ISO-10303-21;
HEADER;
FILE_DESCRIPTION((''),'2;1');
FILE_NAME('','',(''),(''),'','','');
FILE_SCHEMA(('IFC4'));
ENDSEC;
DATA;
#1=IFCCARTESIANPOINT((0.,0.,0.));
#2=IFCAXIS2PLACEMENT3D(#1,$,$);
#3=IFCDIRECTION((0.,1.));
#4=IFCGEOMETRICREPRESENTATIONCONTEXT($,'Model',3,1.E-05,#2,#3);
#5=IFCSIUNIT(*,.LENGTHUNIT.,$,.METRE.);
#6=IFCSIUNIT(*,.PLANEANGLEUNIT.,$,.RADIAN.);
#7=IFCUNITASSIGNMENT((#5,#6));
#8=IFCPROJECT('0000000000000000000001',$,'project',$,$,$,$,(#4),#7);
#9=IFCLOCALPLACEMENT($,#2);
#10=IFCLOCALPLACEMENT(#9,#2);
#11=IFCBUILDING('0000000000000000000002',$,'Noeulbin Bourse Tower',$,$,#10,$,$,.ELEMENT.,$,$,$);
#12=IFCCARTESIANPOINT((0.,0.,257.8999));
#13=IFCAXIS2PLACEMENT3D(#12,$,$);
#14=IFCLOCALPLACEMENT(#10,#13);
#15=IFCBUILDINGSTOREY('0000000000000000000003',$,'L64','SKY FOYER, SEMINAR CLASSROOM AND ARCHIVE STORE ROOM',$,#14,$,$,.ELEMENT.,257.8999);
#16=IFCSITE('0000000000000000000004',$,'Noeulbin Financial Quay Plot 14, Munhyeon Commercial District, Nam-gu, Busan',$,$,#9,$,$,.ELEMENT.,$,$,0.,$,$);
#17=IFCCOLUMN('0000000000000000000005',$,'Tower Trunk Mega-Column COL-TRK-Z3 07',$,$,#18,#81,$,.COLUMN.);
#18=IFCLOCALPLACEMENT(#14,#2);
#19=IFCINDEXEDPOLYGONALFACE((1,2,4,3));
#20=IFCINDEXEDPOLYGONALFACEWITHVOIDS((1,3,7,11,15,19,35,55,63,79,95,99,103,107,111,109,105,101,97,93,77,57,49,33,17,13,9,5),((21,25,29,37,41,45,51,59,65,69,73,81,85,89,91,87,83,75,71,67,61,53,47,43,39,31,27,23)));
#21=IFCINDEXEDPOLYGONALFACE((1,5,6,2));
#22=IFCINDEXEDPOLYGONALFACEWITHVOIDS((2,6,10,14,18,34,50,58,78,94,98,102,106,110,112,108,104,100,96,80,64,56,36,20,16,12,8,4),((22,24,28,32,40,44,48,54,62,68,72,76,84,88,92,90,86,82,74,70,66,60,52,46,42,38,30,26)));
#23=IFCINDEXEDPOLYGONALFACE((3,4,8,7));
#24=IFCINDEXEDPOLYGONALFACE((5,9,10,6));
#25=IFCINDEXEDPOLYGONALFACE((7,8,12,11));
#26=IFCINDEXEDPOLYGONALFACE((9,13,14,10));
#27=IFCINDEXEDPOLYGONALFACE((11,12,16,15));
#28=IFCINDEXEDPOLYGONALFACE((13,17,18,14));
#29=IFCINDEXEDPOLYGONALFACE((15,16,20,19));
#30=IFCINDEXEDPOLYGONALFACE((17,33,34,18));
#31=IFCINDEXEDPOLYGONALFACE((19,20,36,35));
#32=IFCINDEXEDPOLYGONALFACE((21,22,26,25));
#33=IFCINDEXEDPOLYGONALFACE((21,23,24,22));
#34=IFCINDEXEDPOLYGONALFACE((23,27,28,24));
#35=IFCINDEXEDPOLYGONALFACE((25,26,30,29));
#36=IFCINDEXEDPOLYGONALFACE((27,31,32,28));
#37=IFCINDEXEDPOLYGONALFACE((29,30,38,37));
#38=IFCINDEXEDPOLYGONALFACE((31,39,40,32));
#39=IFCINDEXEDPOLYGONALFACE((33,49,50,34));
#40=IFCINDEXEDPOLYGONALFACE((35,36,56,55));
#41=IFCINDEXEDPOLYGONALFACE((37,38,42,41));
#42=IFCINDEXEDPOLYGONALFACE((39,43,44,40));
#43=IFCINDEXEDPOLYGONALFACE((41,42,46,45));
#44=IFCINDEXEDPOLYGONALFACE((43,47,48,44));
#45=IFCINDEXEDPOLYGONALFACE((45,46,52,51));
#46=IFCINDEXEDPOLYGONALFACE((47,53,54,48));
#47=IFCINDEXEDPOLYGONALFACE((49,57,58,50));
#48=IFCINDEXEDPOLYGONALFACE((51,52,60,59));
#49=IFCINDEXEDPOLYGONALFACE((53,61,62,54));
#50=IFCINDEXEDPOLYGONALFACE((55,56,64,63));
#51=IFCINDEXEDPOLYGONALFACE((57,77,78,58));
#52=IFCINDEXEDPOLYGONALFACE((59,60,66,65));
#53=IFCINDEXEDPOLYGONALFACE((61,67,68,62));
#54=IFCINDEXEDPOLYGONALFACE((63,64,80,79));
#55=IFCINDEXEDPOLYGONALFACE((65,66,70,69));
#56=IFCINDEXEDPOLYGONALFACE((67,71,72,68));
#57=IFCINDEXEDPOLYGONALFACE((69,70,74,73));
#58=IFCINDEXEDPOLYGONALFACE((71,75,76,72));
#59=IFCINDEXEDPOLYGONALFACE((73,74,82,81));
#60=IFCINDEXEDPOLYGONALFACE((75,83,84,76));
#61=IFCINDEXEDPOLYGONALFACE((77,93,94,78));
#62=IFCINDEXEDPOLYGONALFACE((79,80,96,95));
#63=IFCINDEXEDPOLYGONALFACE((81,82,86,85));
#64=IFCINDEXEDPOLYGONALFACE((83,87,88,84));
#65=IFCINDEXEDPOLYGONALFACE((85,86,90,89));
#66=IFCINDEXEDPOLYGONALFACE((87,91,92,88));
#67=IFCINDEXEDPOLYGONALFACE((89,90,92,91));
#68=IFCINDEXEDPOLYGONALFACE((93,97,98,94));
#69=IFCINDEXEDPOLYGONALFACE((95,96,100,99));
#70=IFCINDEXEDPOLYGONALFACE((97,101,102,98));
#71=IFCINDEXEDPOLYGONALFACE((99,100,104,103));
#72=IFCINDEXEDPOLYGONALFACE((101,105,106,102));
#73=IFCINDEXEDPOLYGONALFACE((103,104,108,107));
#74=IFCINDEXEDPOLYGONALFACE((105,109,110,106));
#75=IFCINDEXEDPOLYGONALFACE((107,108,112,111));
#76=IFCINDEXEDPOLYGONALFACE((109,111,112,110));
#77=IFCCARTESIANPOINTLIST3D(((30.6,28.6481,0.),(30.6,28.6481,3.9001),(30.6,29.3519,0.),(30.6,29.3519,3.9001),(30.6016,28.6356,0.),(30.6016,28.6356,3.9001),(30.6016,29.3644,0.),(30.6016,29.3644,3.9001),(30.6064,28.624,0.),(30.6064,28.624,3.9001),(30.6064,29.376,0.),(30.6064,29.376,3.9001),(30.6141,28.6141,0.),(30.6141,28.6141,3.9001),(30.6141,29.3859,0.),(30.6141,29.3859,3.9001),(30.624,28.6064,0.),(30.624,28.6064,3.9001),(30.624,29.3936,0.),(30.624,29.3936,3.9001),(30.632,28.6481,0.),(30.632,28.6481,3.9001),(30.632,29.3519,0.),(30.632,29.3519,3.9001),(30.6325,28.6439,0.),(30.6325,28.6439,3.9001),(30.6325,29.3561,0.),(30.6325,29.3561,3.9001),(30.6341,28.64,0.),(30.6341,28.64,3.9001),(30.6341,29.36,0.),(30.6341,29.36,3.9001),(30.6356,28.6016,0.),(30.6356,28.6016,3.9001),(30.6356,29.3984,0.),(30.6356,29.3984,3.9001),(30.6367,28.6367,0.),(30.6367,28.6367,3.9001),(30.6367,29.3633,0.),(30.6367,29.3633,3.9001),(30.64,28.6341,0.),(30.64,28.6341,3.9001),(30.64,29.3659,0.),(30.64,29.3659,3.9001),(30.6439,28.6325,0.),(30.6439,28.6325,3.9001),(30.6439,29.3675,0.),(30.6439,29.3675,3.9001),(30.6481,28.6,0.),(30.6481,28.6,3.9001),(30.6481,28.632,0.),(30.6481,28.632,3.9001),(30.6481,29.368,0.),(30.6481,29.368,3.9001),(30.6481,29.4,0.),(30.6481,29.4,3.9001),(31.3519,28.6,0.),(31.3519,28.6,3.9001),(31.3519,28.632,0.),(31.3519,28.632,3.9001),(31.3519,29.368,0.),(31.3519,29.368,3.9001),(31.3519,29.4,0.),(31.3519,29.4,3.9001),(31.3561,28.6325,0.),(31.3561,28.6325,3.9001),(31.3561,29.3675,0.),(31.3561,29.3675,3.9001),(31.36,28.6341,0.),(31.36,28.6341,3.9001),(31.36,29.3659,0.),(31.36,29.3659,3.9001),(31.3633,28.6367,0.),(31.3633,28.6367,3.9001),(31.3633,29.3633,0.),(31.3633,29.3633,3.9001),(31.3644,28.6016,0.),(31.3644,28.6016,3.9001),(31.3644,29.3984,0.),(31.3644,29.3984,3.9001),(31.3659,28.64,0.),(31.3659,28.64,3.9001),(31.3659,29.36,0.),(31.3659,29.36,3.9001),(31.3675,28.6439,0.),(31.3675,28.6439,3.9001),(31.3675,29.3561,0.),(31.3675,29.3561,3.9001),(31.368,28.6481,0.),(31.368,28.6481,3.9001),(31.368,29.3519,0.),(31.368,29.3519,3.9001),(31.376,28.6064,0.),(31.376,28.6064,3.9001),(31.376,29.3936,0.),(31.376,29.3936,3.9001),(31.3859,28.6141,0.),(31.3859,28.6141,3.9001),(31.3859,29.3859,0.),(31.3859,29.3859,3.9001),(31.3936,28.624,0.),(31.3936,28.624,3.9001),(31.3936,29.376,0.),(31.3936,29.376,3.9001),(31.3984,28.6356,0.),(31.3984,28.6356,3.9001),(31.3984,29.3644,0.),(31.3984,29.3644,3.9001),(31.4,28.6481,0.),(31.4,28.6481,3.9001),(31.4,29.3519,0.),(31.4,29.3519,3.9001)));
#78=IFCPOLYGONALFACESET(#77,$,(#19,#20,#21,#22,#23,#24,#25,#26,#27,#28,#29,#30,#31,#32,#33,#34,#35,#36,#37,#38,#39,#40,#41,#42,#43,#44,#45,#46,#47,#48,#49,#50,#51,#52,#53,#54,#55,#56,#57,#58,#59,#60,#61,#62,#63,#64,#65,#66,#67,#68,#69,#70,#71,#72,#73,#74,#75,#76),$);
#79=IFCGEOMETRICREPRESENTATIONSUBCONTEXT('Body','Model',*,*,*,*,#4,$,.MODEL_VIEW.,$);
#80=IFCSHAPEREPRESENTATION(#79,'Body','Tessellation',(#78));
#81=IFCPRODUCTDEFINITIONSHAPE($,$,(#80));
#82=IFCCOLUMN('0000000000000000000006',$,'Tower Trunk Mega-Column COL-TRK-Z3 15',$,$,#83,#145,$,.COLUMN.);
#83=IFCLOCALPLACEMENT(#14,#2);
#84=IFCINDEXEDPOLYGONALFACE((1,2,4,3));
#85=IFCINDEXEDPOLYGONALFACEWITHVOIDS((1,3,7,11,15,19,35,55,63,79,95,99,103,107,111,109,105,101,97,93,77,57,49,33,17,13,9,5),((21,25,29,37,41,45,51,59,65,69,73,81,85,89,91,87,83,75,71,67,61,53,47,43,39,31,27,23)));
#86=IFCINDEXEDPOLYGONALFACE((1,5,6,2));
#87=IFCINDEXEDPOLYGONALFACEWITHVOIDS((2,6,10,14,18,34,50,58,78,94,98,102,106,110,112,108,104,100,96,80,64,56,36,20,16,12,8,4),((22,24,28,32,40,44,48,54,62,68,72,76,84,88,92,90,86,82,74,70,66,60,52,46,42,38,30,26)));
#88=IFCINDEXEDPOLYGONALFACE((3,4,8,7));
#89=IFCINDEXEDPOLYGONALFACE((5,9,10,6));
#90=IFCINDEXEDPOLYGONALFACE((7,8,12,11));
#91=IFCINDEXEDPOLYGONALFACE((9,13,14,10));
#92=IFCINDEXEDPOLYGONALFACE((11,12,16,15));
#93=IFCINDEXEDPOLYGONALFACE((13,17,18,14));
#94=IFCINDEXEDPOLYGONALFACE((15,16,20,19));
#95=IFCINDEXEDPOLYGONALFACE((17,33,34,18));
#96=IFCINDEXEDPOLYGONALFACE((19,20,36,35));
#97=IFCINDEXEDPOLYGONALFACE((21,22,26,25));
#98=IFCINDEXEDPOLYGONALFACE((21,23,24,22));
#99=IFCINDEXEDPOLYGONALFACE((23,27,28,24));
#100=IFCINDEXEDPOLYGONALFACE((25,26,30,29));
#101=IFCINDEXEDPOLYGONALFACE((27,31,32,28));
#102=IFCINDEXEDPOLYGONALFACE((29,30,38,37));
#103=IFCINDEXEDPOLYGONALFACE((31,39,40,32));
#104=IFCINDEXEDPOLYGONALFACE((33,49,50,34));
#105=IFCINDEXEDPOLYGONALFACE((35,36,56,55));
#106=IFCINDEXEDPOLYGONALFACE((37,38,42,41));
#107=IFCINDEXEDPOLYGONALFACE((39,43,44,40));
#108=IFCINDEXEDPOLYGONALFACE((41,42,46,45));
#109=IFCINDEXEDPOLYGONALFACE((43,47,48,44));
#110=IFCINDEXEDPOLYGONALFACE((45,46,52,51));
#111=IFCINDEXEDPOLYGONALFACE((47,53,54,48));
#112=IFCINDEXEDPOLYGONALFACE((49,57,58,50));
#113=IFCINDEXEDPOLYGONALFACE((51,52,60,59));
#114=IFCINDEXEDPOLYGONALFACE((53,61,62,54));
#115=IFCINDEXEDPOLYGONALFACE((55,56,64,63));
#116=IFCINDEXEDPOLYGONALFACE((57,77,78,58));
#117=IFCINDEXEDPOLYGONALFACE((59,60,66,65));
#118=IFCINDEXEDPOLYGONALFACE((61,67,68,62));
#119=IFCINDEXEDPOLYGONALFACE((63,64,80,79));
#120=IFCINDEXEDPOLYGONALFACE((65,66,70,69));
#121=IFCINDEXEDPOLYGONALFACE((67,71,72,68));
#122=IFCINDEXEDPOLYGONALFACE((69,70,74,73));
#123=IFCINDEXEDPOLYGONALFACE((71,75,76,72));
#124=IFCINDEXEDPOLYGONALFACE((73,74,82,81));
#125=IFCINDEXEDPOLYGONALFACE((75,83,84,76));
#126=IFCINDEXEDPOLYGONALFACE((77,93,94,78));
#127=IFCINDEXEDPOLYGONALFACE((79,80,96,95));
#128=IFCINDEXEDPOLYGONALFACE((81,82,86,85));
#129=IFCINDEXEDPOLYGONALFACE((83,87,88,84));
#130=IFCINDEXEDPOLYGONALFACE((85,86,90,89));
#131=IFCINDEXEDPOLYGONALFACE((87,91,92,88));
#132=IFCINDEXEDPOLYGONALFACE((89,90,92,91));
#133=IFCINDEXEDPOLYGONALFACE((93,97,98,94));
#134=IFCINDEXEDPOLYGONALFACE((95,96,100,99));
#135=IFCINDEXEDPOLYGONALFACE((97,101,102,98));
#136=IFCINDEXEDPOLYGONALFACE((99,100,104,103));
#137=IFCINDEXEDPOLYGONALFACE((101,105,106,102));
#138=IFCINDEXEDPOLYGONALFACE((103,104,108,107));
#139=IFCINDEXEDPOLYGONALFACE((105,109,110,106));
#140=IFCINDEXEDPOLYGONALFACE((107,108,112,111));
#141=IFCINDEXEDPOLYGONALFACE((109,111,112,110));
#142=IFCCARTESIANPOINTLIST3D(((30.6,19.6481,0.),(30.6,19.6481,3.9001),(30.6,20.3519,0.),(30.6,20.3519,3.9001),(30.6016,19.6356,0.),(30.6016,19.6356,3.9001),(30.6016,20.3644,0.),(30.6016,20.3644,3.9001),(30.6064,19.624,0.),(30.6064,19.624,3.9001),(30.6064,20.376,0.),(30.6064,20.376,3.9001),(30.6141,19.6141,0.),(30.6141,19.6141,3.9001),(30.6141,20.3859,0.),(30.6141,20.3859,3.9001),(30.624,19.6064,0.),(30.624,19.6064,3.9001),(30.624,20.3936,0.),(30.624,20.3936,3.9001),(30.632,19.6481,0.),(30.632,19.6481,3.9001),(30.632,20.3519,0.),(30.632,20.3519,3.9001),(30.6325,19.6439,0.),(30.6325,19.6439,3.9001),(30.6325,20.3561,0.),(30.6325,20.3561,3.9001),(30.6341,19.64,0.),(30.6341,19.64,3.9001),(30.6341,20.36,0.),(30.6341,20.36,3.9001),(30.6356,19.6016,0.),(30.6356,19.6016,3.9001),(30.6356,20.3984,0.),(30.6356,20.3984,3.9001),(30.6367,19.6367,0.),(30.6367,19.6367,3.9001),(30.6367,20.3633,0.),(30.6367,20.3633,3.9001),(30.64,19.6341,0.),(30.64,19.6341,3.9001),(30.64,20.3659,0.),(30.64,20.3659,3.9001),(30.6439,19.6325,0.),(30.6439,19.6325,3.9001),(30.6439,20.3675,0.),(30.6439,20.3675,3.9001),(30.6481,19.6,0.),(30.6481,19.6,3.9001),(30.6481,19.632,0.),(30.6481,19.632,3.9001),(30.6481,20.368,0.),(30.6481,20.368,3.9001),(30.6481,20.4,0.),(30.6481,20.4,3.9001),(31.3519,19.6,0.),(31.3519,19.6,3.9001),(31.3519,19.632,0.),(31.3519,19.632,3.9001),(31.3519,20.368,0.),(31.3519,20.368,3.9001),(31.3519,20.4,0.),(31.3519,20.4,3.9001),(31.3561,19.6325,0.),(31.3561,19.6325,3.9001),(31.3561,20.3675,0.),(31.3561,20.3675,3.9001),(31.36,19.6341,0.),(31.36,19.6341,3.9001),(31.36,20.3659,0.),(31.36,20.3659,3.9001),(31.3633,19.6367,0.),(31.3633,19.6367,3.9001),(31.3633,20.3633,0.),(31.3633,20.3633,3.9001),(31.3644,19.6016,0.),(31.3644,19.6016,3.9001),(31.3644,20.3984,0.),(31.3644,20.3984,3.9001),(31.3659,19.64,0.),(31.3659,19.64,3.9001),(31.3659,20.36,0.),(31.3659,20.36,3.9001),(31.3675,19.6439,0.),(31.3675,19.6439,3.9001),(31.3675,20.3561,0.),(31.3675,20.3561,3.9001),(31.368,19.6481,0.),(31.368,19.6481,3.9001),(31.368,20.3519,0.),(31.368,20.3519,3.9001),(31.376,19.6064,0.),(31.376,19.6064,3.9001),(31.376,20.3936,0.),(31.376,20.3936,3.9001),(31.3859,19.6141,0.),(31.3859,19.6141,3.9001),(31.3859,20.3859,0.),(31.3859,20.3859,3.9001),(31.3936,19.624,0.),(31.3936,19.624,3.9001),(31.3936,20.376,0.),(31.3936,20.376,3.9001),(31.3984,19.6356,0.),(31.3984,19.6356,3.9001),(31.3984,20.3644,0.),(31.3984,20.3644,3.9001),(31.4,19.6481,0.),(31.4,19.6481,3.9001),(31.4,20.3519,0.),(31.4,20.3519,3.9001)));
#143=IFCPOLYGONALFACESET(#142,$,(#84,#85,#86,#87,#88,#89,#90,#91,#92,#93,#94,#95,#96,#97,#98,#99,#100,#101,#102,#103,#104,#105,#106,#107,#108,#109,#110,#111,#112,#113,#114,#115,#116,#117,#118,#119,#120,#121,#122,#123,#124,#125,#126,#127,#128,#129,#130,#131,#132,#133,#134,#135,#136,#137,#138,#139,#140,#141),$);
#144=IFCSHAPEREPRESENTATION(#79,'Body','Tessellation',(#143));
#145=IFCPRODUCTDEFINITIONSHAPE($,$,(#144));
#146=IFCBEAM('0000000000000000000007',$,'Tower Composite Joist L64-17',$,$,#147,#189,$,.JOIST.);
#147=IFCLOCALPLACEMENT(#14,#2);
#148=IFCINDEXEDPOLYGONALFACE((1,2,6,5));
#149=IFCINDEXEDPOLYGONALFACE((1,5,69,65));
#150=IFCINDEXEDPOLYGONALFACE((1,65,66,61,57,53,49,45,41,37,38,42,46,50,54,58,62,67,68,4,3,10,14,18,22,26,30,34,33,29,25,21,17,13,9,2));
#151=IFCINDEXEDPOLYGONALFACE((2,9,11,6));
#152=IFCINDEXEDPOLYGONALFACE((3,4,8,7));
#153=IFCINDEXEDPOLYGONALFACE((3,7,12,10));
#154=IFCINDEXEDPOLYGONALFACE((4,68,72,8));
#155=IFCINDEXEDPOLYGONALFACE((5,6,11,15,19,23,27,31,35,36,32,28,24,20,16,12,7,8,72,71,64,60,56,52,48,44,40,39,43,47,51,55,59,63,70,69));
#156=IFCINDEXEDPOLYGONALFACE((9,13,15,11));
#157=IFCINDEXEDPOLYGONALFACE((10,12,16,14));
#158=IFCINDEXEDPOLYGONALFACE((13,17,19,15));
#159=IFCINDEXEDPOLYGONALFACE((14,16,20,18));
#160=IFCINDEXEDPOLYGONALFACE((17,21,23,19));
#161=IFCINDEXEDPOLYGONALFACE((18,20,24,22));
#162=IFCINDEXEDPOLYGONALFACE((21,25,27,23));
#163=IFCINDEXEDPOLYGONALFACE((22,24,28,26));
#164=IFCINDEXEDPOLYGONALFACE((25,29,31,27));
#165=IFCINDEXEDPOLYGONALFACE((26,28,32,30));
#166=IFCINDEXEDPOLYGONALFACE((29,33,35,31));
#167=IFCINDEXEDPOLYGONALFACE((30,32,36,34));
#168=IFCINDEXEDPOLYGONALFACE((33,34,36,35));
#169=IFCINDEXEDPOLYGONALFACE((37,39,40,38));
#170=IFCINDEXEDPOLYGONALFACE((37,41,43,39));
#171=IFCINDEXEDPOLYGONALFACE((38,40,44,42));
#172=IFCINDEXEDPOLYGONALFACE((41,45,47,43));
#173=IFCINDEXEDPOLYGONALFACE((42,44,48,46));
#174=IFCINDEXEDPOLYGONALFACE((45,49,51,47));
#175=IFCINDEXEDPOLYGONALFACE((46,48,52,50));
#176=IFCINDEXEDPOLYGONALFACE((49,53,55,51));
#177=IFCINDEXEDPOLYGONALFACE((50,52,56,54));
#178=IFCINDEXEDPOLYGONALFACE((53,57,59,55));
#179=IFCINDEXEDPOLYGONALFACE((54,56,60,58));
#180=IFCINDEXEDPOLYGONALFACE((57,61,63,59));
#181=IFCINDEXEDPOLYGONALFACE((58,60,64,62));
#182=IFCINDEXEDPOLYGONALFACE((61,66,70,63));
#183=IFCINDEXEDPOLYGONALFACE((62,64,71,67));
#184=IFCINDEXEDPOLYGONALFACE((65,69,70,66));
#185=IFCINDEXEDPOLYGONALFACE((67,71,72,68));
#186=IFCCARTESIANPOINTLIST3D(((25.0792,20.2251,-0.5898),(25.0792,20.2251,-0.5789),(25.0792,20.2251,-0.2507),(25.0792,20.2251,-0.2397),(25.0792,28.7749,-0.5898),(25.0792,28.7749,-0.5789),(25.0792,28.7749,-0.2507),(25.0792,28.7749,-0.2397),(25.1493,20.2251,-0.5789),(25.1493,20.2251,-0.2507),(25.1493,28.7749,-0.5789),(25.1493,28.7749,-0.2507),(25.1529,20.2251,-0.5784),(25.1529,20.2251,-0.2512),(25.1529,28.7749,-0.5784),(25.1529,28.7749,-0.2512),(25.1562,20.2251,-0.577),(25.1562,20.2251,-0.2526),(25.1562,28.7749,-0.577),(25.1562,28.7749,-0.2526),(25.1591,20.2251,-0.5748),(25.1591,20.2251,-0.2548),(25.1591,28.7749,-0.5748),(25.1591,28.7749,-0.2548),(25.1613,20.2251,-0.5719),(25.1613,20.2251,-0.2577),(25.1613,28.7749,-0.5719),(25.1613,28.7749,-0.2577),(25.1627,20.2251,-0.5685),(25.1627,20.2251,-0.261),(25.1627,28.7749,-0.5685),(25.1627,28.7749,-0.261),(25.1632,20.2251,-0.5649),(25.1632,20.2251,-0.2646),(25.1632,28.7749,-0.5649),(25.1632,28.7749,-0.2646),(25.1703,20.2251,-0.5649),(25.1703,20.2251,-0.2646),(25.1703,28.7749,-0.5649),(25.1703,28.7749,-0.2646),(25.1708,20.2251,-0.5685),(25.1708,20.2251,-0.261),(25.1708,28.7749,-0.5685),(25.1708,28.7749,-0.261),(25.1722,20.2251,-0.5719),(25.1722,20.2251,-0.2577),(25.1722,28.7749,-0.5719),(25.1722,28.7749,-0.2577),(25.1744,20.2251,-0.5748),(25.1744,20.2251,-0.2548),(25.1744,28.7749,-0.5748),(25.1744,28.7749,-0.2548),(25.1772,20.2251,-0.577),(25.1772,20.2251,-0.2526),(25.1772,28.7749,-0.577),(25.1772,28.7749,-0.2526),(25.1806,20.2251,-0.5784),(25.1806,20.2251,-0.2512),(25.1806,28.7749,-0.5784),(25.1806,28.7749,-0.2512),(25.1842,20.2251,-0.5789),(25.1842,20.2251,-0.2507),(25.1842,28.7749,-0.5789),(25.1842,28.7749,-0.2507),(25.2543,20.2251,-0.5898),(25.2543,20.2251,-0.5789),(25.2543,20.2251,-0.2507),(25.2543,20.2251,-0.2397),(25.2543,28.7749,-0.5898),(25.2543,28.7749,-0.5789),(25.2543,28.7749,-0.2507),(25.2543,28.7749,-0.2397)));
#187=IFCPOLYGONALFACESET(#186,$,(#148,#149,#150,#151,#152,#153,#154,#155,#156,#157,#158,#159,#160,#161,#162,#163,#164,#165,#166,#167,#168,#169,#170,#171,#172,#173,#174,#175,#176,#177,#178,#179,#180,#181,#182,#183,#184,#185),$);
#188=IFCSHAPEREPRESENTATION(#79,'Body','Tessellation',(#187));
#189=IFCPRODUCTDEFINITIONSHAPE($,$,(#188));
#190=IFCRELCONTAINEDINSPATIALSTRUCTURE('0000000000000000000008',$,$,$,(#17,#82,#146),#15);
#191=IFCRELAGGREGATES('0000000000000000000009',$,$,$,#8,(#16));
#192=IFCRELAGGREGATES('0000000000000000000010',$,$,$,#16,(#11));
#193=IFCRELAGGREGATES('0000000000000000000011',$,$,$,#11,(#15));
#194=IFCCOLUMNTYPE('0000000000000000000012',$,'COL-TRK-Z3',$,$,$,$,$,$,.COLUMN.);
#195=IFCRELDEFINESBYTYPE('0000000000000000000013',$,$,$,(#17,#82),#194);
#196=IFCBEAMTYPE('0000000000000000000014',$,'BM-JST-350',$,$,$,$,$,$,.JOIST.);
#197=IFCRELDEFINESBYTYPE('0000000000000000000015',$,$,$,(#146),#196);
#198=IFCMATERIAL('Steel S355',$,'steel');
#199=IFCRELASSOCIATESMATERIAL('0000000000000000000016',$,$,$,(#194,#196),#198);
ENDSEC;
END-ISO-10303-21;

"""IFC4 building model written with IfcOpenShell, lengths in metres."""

from ifc_helpers import new_model, si_unit, direction, frame, origin, origin_2d, place, context, subcontext, project, spatial, hollow_rectangle, i_section, extrude, material, material_profile, profile_set, type_object, element, save


model = new_model("IFC4")

# Units and contexts
model_context = context("Model", 3, precision=1e-05, world=origin(), true_north=direction((0.0, 1.0)))
body_context = subcontext(model_context, "Body", "Model", "MODEL_VIEW")
ifc_project = project(units=[si_unit("LENGTHUNIT", "METRE"), si_unit("PLANEANGLEUNIT", "RADIAN")], contexts=[model_context])

# Site, building, storey
site_placement = place(None, origin())
site = spatial("IfcSite", under=ifc_project, at=site_placement, Name="Noeulbin Financial Quay Plot 14, Munhyeon Commercial District, Nam-gu, Busan", CompositionType="ELEMENT", RefElevation=0.0)
building_placement = place(site_placement, origin())
building = spatial("IfcBuilding", under=site, at=building_placement, Name="Noeulbin Bourse Tower", CompositionType="ELEMENT")
storey_placement = place(building_placement, frame((0.0, 0.0, 257.8999)))
storey = spatial("IfcBuildingStorey", under=building, at=storey_placement, Name="L64", Description="SKY FOYER, SEMINAR CLASSROOM AND ARCHIVE STORE ROOM", CompositionType="ELEMENT", Elevation=257.8999)

# Columns
ifc_material_1 = material(Name="Steel S355", Category="steel")
ifc_material_profile_1 = material_profile(ifc_material_1, hollow_rectangle(XDim=0.8, YDim=0.8, WallThickness=0.032, InnerFilletRadius=0.0161, OuterFilletRadius=0.0481, at=origin_2d()), Name="BOX-800x800x32", Category="LoadBearing")
ifc_profile_set_1 = profile_set([ifc_material_profile_1], Name="Steel S355")
column_type = type_object("IfcColumnType", Name="COL-TRK-Z3", PredefinedType="COLUMN", material=ifc_profile_set_1)
for number, where, z_axis, x_axis, name in (
    (1, (31.0, 29.0, 0.0), (0.0, 0.0, 1.0), (1.0, 0.0, 0.0), "Tower Trunk Mega-Column COL-TRK-Z3 07"),
    (2, (31.0, 20.0, 0.0), (0.0, 0.0, 1.0), (1.0, 0.0, 0.0), "Tower Trunk Mega-Column COL-TRK-Z3 15"),
):
    element("IfcColumn", number, at=place(storey_placement, frame(where, z_axis=z_axis, x_axis=x_axis)), inside=storey, type_object=column_type, Name=name, PredefinedType="COLUMN", context=body_context, shape_type="SweptSolid", body=[
        extrude(hollow_rectangle(XDim=0.8, YDim=0.8, WallThickness=0.032, InnerFilletRadius=0.0161, OuterFilletRadius=0.0481, at=origin_2d()), origin(), (0.0, 0.0, 1.0), 3.9001),
    ])

# Beam
ifc_material_profile_2 = material_profile(ifc_material_1, i_section(OverallWidth=0.175, OverallDepth=0.3501, WebThickness=0.0071, FlangeThickness=0.011, FilletRadius=0.0139, at=origin_2d()), Name="H-350x175x7x11", Category="LoadBearing")
ifc_profile_set_2 = profile_set([ifc_material_profile_2], Name="Steel S355")
beam_type_1 = type_object("IfcBeamType", Name="BM-JST-350", PredefinedType="JOIST", material=ifc_profile_set_2)
for number, where, z_axis, x_axis, name in (
    (3, (25.1667, 20.2251, -0.4148), (0.0, 1.0, 0.0), (-1.0, 0.0, 0.0), "Tower Composite Joist L64-17"),
):
    element("IfcBeam", number, at=place(storey_placement, frame(where, z_axis=z_axis, x_axis=x_axis)), inside=storey, type_object=beam_type_1, Name=name, PredefinedType="JOIST", context=body_context, shape_type="SweptSolid", body=[
        extrude(i_section(OverallWidth=0.175, OverallDepth=0.3501, WebThickness=0.0071, FlangeThickness=0.011, FilletRadius=0.0139, at=origin_2d()), origin(), (0.0, 0.0, 1.0), 8.5498),
    ])

save(model, "model.ifc")
